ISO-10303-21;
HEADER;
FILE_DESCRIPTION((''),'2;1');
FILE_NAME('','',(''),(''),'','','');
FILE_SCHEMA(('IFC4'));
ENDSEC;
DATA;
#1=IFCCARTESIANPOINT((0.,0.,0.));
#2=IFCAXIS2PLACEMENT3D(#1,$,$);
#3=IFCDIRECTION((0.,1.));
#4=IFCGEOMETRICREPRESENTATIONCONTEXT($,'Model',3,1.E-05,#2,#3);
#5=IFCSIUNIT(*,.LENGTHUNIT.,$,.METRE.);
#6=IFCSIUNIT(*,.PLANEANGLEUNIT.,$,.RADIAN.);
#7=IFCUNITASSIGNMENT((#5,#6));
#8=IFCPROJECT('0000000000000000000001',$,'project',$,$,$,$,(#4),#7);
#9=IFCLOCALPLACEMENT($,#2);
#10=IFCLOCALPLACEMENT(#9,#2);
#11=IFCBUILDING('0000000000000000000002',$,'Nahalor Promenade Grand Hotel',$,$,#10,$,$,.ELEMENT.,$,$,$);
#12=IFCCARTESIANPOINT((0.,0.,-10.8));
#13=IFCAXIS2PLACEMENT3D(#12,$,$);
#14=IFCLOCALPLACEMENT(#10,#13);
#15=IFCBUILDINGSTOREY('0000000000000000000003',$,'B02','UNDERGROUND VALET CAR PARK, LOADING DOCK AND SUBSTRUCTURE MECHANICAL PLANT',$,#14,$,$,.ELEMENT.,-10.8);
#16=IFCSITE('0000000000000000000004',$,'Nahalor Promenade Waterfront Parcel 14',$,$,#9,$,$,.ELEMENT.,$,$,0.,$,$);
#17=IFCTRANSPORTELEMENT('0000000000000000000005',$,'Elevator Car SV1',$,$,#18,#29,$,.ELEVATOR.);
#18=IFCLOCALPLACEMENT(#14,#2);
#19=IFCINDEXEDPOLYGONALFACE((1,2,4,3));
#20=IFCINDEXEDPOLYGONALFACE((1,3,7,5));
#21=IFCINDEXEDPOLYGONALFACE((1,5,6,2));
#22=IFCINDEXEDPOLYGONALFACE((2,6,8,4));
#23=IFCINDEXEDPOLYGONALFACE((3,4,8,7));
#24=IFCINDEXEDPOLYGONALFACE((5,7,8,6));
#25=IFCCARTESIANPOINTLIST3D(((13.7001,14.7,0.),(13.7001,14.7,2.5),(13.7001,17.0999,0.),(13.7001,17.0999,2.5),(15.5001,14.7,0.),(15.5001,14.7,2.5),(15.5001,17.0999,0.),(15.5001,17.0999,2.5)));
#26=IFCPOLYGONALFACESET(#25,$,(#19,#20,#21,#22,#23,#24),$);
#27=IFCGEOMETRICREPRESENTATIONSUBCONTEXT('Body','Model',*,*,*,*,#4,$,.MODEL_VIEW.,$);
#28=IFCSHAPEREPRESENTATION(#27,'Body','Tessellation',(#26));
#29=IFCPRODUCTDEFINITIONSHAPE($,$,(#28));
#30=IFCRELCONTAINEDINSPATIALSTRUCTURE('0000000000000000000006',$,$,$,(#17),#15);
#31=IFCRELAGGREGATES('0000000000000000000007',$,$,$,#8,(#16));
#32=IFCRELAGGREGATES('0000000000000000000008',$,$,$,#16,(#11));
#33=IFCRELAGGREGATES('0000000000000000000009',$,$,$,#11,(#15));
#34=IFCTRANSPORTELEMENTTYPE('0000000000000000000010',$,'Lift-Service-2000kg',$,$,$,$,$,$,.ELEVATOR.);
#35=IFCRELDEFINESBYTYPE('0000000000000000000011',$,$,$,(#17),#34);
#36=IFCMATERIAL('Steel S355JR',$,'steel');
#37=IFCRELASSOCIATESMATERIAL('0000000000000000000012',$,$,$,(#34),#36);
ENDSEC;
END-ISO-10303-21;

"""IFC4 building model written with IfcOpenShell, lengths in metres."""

from ifc_helpers import new_model, si_unit, direction, frame, origin, origin_2d, place, context, subcontext, project, spatial, rectangle, extrude, source, transform, mapped, material, type_object, element, save


model = new_model("IFC4")

# Units and contexts
model_context = context("Model", 3, precision=1e-05, world=origin(), true_north=direction((0.0, 1.0)))
body_context = subcontext(model_context, "Body", "Model", "MODEL_VIEW")
ifc_project = project(units=[si_unit("LENGTHUNIT", "METRE"), si_unit("PLANEANGLEUNIT", "RADIAN")], contexts=[model_context])

# Site, building, storey
site_placement = place(None, origin())
site = spatial("IfcSite", under=ifc_project, at=site_placement, Name="Nahalor Promenade Waterfront Parcel 14", CompositionType="ELEMENT", RefElevation=0.0)
building_placement = place(site_placement, origin())
building = spatial("IfcBuilding", under=site, at=building_placement, Name="Nahalor Promenade Grand Hotel", CompositionType="ELEMENT")
storey_placement = place(building_placement, frame((0.0, 0.0, -10.8)))
storey = spatial("IfcBuildingStorey", under=building, at=storey_placement, Name="B02", Description="UNDERGROUND VALET CAR PARK, LOADING DOCK AND SUBSTRUCTURE MECHANICAL PLANT", CompositionType="ELEMENT", Elevation=-10.8)

# Shared definitions
ifc_material_1 = material(Name="Steel S355JR", Category="steel")

# Transport element
transport_element_type_1 = type_object("IfcTransportElementType", Name="Lift-Service-2000kg", PredefinedType="ELEVATOR", material=ifc_material_1)
shared_shape_1 = source(origin(), body_context, "Body", "SweptSolid", [
    extrude(rectangle(XDim=1.8, YDim=2.3999, at=origin_2d()), origin(), (0.0, 0.0, 1.0), 2.5),
])
transport_element_1_placement = place(storey_placement, frame((14.6001, 15.8999, 0.0), z_axis=(0.0, 0.0, 1.0), x_axis=(1.0, 0.0, 0.0)))
element("IfcTransportElement", 1, at=transport_element_1_placement, inside=storey, type_object=transport_element_type_1, Name="Elevator Car SV1", PredefinedType="ELEVATOR", context=body_context, shape_type="MappedRepresentation", body=[
    mapped(shared_shape_1, transform((0.0, 0.0, 0.0), scale=1.0)),
])

save(model, "model.ifc")
